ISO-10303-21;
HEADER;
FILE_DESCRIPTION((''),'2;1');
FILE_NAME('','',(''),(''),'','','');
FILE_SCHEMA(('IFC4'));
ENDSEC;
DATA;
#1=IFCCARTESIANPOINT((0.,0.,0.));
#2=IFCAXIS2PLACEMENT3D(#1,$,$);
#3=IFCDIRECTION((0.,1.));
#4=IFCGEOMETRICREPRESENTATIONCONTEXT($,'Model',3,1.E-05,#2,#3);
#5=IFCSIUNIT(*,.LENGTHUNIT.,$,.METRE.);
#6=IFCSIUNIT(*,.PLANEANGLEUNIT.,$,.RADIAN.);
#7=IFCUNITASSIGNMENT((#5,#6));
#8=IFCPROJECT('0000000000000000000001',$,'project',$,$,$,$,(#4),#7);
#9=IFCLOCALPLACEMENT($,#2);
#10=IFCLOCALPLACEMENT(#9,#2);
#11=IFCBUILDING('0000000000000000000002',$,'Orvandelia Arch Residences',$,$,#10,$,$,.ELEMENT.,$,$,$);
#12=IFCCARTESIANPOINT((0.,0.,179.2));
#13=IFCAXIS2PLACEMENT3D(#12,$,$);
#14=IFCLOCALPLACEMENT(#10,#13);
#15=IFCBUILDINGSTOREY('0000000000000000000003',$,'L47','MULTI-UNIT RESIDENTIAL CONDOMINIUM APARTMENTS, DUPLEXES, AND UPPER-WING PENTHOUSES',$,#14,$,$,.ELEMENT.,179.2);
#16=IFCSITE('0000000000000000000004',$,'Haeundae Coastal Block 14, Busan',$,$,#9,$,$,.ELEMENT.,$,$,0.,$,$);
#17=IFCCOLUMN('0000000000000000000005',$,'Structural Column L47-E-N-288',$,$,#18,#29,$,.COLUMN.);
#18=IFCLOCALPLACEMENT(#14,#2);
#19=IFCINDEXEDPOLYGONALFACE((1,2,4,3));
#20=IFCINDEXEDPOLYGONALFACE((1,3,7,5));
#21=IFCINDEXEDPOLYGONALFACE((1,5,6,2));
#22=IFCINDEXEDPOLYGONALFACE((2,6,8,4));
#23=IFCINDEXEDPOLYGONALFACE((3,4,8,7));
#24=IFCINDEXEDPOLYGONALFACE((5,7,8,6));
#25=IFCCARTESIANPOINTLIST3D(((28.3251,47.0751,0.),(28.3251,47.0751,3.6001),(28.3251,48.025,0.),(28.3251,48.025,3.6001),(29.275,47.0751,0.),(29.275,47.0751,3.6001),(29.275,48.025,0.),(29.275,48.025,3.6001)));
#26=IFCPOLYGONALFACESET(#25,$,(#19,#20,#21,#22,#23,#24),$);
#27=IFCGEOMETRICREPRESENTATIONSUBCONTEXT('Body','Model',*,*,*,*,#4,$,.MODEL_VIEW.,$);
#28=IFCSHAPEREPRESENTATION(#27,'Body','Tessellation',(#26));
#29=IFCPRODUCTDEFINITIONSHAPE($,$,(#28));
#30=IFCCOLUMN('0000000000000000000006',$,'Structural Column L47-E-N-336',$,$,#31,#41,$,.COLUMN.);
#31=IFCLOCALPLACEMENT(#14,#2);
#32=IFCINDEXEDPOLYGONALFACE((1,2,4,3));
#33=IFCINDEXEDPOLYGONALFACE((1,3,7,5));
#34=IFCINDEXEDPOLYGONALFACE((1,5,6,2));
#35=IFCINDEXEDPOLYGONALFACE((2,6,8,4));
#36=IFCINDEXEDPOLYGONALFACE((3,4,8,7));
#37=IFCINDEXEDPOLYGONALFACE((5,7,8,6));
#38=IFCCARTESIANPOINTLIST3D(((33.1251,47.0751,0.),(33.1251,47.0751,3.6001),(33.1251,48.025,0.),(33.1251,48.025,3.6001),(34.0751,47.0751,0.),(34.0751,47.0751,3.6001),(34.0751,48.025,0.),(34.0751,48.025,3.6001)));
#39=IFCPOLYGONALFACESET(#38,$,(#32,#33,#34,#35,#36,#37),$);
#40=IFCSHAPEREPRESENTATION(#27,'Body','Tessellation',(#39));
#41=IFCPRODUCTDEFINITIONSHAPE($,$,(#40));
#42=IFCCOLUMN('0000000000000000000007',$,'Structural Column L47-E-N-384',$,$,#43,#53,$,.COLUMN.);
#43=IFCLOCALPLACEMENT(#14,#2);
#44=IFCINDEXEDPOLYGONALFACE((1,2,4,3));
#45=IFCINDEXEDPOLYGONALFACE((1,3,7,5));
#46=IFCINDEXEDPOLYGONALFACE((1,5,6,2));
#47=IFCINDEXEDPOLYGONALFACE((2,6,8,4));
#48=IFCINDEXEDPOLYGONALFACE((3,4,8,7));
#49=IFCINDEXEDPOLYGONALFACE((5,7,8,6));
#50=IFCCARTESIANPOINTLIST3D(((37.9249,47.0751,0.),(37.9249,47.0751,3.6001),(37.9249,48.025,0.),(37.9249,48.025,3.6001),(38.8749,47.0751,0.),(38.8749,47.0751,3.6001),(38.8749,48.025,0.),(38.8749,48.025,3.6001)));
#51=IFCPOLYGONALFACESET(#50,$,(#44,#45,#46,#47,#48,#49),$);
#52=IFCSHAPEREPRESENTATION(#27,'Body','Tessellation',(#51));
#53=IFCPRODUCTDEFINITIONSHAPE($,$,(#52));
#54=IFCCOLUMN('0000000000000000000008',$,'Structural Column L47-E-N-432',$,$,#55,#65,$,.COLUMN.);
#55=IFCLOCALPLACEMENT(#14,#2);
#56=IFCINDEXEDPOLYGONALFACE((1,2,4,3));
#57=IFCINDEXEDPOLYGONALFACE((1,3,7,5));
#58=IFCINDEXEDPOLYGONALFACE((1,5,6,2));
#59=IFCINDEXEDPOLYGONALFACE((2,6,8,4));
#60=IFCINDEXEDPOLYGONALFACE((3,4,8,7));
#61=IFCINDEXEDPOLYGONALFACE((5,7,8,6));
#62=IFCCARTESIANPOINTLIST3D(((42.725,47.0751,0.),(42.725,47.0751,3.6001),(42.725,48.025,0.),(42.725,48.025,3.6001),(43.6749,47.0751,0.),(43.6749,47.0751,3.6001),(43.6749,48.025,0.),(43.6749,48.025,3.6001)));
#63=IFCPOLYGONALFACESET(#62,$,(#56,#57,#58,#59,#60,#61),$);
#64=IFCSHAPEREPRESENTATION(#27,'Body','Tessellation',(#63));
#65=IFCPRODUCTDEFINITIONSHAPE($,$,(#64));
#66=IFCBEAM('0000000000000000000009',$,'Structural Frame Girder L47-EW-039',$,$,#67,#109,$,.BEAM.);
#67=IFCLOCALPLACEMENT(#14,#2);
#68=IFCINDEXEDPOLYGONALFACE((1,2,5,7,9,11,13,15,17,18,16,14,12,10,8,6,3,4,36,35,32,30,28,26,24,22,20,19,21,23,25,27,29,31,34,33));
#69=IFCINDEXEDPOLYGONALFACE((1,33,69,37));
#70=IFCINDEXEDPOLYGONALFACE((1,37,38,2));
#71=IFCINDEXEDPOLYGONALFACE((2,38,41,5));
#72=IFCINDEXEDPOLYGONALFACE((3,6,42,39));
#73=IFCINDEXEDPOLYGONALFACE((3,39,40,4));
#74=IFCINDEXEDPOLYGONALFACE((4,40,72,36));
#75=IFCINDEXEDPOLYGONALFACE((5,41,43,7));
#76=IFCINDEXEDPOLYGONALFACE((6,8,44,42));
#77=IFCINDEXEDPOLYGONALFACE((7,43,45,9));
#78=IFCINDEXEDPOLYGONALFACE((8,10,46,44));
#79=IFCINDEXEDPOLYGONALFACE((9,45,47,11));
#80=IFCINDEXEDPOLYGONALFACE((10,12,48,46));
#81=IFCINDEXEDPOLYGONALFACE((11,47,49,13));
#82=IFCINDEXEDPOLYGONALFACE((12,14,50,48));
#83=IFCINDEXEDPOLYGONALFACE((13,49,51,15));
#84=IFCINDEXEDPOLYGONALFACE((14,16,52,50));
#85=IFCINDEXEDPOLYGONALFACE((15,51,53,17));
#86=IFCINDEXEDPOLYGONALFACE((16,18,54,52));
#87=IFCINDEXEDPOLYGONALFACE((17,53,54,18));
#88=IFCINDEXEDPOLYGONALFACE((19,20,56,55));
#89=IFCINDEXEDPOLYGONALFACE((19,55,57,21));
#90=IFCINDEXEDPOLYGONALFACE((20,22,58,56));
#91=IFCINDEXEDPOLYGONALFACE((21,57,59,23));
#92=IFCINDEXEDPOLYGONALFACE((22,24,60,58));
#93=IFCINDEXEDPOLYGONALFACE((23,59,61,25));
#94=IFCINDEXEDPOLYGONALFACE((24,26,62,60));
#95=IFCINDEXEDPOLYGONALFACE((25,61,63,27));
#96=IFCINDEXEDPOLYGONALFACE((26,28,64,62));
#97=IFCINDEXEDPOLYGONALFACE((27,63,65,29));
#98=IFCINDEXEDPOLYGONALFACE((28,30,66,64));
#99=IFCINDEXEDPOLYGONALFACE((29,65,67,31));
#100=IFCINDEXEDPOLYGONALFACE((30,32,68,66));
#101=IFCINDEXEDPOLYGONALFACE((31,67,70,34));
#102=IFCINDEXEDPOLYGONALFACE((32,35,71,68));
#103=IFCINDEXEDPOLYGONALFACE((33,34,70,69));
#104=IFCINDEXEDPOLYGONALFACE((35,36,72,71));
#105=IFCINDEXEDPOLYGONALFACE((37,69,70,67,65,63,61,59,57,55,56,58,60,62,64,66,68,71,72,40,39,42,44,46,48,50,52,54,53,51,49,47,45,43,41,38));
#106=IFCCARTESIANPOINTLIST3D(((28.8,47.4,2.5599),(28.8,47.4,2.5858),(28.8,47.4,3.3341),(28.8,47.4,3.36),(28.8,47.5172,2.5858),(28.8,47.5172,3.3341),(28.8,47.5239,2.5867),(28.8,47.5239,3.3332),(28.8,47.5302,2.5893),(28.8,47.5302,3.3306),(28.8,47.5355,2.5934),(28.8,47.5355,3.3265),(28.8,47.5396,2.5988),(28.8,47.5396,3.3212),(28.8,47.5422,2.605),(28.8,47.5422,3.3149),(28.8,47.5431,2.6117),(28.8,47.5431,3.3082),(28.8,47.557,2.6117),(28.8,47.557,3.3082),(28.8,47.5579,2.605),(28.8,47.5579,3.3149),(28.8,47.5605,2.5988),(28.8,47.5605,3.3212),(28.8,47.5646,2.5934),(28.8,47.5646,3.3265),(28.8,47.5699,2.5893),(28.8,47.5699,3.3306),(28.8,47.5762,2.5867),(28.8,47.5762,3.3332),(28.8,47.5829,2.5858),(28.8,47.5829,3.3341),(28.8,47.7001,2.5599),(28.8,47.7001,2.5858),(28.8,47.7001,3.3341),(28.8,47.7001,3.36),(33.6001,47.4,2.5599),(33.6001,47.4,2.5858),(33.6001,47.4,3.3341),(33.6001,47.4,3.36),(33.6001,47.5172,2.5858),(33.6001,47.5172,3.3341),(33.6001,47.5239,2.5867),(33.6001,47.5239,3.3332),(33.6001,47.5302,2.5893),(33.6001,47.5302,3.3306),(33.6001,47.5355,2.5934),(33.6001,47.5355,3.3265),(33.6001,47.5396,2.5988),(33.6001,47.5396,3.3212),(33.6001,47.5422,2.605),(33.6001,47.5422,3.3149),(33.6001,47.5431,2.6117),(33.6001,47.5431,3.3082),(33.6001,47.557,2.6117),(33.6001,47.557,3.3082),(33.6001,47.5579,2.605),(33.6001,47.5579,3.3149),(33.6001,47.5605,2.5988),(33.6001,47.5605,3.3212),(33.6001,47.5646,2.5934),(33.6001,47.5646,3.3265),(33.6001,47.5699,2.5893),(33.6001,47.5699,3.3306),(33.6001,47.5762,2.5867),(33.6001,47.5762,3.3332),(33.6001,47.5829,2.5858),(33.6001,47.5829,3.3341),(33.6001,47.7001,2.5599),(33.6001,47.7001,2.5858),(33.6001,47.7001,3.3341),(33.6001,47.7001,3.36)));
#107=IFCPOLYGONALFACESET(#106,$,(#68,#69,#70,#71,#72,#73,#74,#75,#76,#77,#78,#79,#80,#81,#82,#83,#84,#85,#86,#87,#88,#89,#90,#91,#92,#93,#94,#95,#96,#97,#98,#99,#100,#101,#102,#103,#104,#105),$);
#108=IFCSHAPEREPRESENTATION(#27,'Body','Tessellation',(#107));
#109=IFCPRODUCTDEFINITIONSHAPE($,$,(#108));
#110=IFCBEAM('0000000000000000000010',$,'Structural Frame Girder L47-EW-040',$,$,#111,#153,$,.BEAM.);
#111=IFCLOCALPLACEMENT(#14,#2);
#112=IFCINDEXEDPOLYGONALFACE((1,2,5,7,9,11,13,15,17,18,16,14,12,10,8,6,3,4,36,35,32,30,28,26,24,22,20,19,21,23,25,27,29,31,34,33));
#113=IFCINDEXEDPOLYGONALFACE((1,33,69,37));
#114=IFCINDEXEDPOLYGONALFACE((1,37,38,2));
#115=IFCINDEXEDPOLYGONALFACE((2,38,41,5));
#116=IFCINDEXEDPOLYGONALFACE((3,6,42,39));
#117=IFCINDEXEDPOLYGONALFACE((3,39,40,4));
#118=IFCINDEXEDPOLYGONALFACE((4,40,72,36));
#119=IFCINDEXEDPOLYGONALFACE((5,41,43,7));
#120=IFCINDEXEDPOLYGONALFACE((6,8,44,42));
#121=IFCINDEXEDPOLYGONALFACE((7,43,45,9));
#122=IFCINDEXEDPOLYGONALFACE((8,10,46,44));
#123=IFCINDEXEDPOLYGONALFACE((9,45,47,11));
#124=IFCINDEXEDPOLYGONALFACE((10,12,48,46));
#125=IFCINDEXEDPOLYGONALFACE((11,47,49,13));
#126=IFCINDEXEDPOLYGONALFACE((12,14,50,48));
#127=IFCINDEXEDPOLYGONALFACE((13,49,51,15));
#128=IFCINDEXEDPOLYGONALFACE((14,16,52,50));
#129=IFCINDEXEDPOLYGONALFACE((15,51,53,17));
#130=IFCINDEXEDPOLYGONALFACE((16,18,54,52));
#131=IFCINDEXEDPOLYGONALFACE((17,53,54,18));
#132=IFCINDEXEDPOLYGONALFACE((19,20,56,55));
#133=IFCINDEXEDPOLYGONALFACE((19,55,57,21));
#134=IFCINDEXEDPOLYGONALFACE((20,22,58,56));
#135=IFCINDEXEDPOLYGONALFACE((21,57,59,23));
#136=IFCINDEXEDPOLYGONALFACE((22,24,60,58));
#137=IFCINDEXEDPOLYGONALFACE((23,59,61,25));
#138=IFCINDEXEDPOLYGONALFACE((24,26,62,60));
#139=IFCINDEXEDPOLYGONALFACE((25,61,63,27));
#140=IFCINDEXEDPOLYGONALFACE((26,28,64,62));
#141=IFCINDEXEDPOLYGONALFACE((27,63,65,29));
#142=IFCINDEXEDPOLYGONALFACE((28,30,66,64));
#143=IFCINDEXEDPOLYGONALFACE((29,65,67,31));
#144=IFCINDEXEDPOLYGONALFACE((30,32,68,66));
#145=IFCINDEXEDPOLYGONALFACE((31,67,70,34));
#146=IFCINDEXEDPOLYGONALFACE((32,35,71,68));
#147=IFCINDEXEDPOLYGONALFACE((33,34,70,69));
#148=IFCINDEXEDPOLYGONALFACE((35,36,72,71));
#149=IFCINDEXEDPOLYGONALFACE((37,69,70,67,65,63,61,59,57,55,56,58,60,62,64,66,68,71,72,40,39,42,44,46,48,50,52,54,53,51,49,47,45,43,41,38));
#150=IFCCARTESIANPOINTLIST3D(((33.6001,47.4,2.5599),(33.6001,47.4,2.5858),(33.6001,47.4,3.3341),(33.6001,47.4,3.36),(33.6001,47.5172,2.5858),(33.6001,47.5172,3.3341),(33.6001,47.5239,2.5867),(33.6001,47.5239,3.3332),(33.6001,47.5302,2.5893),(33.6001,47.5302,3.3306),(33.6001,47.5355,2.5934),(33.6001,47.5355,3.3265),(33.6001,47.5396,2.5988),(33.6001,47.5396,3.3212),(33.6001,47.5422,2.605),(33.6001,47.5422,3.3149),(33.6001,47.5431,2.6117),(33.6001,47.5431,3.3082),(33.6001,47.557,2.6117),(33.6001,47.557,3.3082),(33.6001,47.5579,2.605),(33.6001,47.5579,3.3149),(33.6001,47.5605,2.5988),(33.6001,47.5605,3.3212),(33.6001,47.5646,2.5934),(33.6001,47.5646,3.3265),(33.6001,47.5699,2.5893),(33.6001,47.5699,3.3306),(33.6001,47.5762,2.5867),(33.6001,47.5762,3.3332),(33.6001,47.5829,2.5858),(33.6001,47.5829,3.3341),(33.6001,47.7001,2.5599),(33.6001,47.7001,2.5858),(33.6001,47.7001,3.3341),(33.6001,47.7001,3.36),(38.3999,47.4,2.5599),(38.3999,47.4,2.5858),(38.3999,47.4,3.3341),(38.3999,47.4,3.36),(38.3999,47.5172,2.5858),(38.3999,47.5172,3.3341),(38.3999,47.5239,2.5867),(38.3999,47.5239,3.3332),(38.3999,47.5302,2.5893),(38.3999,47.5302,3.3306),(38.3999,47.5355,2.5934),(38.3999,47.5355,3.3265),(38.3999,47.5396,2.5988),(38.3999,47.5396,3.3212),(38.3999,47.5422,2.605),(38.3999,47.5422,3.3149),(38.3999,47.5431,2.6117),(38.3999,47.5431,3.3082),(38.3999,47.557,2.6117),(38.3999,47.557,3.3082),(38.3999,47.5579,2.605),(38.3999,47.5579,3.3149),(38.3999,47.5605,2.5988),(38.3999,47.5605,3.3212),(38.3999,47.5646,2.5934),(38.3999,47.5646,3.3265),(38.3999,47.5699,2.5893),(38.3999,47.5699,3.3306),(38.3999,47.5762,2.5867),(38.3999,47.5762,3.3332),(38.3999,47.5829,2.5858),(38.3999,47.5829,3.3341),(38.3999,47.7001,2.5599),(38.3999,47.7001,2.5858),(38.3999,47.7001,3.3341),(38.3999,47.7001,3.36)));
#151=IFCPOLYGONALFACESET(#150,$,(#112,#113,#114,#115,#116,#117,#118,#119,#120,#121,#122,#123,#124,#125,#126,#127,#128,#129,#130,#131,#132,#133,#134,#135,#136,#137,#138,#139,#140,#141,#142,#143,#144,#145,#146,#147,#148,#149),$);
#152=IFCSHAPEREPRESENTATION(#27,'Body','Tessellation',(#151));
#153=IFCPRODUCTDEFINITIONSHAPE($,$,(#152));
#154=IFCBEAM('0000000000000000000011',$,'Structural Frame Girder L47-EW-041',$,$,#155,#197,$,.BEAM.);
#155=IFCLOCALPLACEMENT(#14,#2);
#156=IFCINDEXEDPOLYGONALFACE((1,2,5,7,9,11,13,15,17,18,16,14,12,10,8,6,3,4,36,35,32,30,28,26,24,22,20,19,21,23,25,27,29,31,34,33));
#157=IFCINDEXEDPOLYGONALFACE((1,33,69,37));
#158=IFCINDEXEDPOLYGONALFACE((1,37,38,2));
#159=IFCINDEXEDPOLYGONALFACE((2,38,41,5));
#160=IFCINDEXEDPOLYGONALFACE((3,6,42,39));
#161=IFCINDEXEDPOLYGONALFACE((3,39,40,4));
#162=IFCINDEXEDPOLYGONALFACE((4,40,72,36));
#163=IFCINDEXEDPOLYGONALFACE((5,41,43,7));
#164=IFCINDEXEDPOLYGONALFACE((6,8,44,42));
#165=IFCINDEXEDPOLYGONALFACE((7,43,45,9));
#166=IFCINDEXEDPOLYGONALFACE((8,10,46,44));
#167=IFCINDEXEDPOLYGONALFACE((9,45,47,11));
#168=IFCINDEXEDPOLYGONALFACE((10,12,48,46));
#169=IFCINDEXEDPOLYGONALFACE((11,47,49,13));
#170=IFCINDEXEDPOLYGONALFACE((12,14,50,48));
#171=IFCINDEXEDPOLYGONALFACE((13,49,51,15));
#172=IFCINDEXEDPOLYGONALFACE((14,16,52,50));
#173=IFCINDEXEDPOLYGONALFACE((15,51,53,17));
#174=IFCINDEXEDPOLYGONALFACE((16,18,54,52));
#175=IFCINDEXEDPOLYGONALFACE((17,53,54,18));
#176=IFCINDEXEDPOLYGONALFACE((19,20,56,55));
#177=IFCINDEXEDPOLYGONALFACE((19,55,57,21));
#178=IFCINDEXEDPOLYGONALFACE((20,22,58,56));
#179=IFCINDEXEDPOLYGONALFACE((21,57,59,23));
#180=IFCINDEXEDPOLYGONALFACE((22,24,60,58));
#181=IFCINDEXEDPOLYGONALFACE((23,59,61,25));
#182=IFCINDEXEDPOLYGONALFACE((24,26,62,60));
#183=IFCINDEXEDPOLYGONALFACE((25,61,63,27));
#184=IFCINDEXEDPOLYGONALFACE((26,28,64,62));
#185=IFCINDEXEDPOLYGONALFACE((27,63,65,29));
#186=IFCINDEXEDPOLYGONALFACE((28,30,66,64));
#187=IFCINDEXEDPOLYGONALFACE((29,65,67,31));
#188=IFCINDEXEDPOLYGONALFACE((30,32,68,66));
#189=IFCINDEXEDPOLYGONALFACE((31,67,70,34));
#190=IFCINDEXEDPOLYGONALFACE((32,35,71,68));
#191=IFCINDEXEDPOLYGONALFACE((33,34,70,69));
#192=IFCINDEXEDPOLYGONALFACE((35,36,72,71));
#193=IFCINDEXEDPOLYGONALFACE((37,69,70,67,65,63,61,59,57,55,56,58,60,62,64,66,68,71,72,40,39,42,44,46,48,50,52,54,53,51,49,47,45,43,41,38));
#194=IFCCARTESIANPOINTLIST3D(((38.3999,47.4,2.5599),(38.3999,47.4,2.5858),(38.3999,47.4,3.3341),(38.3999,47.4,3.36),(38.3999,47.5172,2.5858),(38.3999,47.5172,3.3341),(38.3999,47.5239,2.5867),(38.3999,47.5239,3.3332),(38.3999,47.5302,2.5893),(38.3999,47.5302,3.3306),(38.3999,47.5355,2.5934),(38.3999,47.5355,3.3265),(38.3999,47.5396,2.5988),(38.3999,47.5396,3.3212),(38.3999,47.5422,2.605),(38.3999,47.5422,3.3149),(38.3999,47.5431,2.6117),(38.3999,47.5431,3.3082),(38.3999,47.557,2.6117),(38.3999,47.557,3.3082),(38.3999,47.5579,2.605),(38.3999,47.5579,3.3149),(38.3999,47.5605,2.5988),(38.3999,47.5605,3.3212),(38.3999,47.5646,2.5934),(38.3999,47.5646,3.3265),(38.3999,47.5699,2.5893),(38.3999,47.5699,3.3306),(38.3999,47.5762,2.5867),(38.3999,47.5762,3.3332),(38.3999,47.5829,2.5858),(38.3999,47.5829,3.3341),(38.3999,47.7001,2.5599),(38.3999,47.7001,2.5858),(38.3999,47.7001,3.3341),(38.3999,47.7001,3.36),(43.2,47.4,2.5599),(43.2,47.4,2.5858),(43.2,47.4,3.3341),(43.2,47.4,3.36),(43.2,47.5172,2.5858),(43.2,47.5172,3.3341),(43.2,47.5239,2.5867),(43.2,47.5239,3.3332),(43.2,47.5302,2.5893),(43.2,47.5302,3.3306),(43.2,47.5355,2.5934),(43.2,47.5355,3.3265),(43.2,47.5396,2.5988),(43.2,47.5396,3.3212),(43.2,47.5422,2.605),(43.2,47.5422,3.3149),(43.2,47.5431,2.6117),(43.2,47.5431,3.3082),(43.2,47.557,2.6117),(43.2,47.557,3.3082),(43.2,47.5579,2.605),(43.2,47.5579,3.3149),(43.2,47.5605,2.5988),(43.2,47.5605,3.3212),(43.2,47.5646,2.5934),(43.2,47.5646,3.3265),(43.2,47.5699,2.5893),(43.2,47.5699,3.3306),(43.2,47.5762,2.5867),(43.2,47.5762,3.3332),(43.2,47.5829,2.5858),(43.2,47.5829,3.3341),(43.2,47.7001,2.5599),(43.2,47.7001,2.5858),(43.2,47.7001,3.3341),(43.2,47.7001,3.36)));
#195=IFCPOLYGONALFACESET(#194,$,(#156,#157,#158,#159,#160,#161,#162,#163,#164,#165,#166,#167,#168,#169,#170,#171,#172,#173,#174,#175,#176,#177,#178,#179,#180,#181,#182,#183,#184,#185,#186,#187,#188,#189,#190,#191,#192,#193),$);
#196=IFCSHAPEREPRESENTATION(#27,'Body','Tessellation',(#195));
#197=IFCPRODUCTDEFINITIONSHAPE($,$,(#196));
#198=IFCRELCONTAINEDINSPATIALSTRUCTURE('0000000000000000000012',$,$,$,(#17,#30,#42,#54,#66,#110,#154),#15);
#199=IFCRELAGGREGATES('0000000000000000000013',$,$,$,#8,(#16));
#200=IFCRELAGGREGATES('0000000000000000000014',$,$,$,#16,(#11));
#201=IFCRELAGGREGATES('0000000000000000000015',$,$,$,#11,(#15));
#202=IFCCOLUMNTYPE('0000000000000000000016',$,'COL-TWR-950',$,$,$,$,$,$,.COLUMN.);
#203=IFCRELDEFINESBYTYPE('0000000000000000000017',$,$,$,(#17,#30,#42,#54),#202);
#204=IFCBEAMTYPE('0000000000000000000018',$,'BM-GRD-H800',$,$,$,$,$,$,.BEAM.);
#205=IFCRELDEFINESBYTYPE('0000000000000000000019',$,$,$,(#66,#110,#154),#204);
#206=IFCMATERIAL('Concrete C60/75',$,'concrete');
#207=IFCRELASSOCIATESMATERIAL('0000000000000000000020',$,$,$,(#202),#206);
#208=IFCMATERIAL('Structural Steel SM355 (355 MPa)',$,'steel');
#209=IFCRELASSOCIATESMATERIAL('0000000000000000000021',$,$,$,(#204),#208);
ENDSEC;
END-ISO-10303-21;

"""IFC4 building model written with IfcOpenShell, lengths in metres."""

from ifc_helpers import new_model, si_unit, direction, frame, origin, origin_2d, place, context, subcontext, project, spatial, rectangle, i_section, extrude, material, material_profile, profile_set, type_object, element, save


model = new_model("IFC4")

# Units and contexts
model_context = context("Model", 3, precision=1e-05, world=origin(), true_north=direction((0.0, 1.0)))
body_context = subcontext(model_context, "Body", "Model", "MODEL_VIEW")
ifc_project = project(units=[si_unit("LENGTHUNIT", "METRE"), si_unit("PLANEANGLEUNIT", "RADIAN")], contexts=[model_context])

# Site, building, storey
site_placement = place(None, origin())
site = spatial("IfcSite", under=ifc_project, at=site_placement, Name="Haeundae Coastal Block 14, Busan", CompositionType="ELEMENT", RefElevation=0.0)
building_placement = place(site_placement, origin())
building = spatial("IfcBuilding", under=site, at=building_placement, Name="Orvandelia Arch Residences", CompositionType="ELEMENT")
storey_placement = place(building_placement, frame((0.0, 0.0, 179.2)))
storey = spatial("IfcBuildingStorey", under=building, at=storey_placement, Name="L47", Description="MULTI-UNIT RESIDENTIAL CONDOMINIUM APARTMENTS, DUPLEXES, AND UPPER-WING PENTHOUSES", CompositionType="ELEMENT", Elevation=179.2)

# Columns
ifc_material_1 = material(Name="Concrete C60/75", Category="concrete")
ifc_material_profile_1 = material_profile(ifc_material_1, rectangle(XDim=0.95, YDim=0.95, at=origin_2d()), Name="Concrete C60/75", Category="concrete")
ifc_profile_set_1 = profile_set([ifc_material_profile_1], Name="Concrete C60/75")
column_type = type_object("IfcColumnType", Name="COL-TWR-950", PredefinedType="COLUMN", material=ifc_profile_set_1)
for number, where, z_axis, x_axis, name in (
    (1, (28.8, 47.55, 0.0), (0.0, 0.0, 1.0), (1.0, 0.0, 0.0), "Structural Column L47-E-N-288"),
    (2, (33.6001, 47.55, 0.0), (0.0, 0.0, 1.0), (1.0, 0.0, 0.0), "Structural Column L47-E-N-336"),
    (3, (38.3999, 47.55, 0.0), (0.0, 0.0, 1.0), (1.0, 0.0, 0.0), "Structural Column L47-E-N-384"),
    (4, (43.2, 47.55, 0.0), (0.0, 0.0, 1.0), (1.0, 0.0, 0.0), "Structural Column L47-E-N-432"),
):
    element("IfcColumn", number, at=place(storey_placement, frame(where, z_axis=z_axis, x_axis=x_axis)), inside=storey, type_object=column_type, Name=name, PredefinedType="COLUMN", context=body_context, shape_type="SweptSolid", body=[
        extrude(rectangle(XDim=0.95, YDim=0.95, at=origin_2d()), origin(), (0.0, 0.0, 1.0), 3.6001),
    ])

# Beams
ifc_material_2 = material(Name="Structural Steel SM355 (355 MPa)", Category="steel")
ifc_material_profile_2 = material_profile(ifc_material_2, i_section(OverallWidth=0.3, OverallDepth=0.8, WebThickness=0.0139, FlangeThickness=0.0259, FilletRadius=0.0259, at=origin_2d()), Name="Structural Steel SM355 (355 MPa)", Category="steel")
ifc_profile_set_2 = profile_set([ifc_material_profile_2], Name="Structural Steel SM355 (355 MPa)")
beam_type = type_object("IfcBeamType", Name="BM-GRD-H800", PredefinedType="BEAM", material=ifc_profile_set_2)
beam_1_placement = place(storey_placement, frame((28.8, 47.55, 2.96), z_axis=(1.0, 0.0, 0.0), x_axis=(0.0, 1.0, 0.0)))
element("IfcBeam", 5, at=beam_1_placement, inside=storey, type_object=beam_type, Name="Structural Frame Girder L47-EW-039", PredefinedType="BEAM", context=body_context, shape_type="SweptSolid", body=[
    extrude(i_section(OverallWidth=0.3, OverallDepth=0.8, WebThickness=0.0139, FlangeThickness=0.0259, FilletRadius=0.0259, at=origin_2d()), origin(), (0.0, 0.0, 1.0), 4.8),
])
beam_2_placement = place(storey_placement, frame((33.6001, 47.55, 2.96), z_axis=(1.0, 0.0, 0.0), x_axis=(0.0, 1.0, 0.0)))
element("IfcBeam", 6, at=beam_2_placement, inside=storey, type_object=beam_type, Name="Structural Frame Girder L47-EW-040", PredefinedType="BEAM", context=body_context, shape_type="SweptSolid", body=[
    extrude(i_section(OverallWidth=0.3, OverallDepth=0.8, WebThickness=0.0139, FlangeThickness=0.0259, FilletRadius=0.0259, at=origin_2d()), origin(), (0.0, 0.0, 1.0), 4.7998),
])
for number, where, z_axis, x_axis, name in (
    (7, (38.3999, 47.55, 2.96), (1.0, 0.0, 0.0), (0.0, 1.0, 0.0), "Structural Frame Girder L47-EW-041"),
):
    element("IfcBeam", number, at=place(storey_placement, frame(where, z_axis=z_axis, x_axis=x_axis)), inside=storey, type_object=beam_type, Name=name, PredefinedType="BEAM", context=body_context, shape_type="SweptSolid", body=[
        extrude(i_section(OverallWidth=0.3, OverallDepth=0.8, WebThickness=0.0139, FlangeThickness=0.0259, FilletRadius=0.0259, at=origin_2d()), origin(), (0.0, 0.0, 1.0), 4.8),
    ])

save(model, "model.ifc")
